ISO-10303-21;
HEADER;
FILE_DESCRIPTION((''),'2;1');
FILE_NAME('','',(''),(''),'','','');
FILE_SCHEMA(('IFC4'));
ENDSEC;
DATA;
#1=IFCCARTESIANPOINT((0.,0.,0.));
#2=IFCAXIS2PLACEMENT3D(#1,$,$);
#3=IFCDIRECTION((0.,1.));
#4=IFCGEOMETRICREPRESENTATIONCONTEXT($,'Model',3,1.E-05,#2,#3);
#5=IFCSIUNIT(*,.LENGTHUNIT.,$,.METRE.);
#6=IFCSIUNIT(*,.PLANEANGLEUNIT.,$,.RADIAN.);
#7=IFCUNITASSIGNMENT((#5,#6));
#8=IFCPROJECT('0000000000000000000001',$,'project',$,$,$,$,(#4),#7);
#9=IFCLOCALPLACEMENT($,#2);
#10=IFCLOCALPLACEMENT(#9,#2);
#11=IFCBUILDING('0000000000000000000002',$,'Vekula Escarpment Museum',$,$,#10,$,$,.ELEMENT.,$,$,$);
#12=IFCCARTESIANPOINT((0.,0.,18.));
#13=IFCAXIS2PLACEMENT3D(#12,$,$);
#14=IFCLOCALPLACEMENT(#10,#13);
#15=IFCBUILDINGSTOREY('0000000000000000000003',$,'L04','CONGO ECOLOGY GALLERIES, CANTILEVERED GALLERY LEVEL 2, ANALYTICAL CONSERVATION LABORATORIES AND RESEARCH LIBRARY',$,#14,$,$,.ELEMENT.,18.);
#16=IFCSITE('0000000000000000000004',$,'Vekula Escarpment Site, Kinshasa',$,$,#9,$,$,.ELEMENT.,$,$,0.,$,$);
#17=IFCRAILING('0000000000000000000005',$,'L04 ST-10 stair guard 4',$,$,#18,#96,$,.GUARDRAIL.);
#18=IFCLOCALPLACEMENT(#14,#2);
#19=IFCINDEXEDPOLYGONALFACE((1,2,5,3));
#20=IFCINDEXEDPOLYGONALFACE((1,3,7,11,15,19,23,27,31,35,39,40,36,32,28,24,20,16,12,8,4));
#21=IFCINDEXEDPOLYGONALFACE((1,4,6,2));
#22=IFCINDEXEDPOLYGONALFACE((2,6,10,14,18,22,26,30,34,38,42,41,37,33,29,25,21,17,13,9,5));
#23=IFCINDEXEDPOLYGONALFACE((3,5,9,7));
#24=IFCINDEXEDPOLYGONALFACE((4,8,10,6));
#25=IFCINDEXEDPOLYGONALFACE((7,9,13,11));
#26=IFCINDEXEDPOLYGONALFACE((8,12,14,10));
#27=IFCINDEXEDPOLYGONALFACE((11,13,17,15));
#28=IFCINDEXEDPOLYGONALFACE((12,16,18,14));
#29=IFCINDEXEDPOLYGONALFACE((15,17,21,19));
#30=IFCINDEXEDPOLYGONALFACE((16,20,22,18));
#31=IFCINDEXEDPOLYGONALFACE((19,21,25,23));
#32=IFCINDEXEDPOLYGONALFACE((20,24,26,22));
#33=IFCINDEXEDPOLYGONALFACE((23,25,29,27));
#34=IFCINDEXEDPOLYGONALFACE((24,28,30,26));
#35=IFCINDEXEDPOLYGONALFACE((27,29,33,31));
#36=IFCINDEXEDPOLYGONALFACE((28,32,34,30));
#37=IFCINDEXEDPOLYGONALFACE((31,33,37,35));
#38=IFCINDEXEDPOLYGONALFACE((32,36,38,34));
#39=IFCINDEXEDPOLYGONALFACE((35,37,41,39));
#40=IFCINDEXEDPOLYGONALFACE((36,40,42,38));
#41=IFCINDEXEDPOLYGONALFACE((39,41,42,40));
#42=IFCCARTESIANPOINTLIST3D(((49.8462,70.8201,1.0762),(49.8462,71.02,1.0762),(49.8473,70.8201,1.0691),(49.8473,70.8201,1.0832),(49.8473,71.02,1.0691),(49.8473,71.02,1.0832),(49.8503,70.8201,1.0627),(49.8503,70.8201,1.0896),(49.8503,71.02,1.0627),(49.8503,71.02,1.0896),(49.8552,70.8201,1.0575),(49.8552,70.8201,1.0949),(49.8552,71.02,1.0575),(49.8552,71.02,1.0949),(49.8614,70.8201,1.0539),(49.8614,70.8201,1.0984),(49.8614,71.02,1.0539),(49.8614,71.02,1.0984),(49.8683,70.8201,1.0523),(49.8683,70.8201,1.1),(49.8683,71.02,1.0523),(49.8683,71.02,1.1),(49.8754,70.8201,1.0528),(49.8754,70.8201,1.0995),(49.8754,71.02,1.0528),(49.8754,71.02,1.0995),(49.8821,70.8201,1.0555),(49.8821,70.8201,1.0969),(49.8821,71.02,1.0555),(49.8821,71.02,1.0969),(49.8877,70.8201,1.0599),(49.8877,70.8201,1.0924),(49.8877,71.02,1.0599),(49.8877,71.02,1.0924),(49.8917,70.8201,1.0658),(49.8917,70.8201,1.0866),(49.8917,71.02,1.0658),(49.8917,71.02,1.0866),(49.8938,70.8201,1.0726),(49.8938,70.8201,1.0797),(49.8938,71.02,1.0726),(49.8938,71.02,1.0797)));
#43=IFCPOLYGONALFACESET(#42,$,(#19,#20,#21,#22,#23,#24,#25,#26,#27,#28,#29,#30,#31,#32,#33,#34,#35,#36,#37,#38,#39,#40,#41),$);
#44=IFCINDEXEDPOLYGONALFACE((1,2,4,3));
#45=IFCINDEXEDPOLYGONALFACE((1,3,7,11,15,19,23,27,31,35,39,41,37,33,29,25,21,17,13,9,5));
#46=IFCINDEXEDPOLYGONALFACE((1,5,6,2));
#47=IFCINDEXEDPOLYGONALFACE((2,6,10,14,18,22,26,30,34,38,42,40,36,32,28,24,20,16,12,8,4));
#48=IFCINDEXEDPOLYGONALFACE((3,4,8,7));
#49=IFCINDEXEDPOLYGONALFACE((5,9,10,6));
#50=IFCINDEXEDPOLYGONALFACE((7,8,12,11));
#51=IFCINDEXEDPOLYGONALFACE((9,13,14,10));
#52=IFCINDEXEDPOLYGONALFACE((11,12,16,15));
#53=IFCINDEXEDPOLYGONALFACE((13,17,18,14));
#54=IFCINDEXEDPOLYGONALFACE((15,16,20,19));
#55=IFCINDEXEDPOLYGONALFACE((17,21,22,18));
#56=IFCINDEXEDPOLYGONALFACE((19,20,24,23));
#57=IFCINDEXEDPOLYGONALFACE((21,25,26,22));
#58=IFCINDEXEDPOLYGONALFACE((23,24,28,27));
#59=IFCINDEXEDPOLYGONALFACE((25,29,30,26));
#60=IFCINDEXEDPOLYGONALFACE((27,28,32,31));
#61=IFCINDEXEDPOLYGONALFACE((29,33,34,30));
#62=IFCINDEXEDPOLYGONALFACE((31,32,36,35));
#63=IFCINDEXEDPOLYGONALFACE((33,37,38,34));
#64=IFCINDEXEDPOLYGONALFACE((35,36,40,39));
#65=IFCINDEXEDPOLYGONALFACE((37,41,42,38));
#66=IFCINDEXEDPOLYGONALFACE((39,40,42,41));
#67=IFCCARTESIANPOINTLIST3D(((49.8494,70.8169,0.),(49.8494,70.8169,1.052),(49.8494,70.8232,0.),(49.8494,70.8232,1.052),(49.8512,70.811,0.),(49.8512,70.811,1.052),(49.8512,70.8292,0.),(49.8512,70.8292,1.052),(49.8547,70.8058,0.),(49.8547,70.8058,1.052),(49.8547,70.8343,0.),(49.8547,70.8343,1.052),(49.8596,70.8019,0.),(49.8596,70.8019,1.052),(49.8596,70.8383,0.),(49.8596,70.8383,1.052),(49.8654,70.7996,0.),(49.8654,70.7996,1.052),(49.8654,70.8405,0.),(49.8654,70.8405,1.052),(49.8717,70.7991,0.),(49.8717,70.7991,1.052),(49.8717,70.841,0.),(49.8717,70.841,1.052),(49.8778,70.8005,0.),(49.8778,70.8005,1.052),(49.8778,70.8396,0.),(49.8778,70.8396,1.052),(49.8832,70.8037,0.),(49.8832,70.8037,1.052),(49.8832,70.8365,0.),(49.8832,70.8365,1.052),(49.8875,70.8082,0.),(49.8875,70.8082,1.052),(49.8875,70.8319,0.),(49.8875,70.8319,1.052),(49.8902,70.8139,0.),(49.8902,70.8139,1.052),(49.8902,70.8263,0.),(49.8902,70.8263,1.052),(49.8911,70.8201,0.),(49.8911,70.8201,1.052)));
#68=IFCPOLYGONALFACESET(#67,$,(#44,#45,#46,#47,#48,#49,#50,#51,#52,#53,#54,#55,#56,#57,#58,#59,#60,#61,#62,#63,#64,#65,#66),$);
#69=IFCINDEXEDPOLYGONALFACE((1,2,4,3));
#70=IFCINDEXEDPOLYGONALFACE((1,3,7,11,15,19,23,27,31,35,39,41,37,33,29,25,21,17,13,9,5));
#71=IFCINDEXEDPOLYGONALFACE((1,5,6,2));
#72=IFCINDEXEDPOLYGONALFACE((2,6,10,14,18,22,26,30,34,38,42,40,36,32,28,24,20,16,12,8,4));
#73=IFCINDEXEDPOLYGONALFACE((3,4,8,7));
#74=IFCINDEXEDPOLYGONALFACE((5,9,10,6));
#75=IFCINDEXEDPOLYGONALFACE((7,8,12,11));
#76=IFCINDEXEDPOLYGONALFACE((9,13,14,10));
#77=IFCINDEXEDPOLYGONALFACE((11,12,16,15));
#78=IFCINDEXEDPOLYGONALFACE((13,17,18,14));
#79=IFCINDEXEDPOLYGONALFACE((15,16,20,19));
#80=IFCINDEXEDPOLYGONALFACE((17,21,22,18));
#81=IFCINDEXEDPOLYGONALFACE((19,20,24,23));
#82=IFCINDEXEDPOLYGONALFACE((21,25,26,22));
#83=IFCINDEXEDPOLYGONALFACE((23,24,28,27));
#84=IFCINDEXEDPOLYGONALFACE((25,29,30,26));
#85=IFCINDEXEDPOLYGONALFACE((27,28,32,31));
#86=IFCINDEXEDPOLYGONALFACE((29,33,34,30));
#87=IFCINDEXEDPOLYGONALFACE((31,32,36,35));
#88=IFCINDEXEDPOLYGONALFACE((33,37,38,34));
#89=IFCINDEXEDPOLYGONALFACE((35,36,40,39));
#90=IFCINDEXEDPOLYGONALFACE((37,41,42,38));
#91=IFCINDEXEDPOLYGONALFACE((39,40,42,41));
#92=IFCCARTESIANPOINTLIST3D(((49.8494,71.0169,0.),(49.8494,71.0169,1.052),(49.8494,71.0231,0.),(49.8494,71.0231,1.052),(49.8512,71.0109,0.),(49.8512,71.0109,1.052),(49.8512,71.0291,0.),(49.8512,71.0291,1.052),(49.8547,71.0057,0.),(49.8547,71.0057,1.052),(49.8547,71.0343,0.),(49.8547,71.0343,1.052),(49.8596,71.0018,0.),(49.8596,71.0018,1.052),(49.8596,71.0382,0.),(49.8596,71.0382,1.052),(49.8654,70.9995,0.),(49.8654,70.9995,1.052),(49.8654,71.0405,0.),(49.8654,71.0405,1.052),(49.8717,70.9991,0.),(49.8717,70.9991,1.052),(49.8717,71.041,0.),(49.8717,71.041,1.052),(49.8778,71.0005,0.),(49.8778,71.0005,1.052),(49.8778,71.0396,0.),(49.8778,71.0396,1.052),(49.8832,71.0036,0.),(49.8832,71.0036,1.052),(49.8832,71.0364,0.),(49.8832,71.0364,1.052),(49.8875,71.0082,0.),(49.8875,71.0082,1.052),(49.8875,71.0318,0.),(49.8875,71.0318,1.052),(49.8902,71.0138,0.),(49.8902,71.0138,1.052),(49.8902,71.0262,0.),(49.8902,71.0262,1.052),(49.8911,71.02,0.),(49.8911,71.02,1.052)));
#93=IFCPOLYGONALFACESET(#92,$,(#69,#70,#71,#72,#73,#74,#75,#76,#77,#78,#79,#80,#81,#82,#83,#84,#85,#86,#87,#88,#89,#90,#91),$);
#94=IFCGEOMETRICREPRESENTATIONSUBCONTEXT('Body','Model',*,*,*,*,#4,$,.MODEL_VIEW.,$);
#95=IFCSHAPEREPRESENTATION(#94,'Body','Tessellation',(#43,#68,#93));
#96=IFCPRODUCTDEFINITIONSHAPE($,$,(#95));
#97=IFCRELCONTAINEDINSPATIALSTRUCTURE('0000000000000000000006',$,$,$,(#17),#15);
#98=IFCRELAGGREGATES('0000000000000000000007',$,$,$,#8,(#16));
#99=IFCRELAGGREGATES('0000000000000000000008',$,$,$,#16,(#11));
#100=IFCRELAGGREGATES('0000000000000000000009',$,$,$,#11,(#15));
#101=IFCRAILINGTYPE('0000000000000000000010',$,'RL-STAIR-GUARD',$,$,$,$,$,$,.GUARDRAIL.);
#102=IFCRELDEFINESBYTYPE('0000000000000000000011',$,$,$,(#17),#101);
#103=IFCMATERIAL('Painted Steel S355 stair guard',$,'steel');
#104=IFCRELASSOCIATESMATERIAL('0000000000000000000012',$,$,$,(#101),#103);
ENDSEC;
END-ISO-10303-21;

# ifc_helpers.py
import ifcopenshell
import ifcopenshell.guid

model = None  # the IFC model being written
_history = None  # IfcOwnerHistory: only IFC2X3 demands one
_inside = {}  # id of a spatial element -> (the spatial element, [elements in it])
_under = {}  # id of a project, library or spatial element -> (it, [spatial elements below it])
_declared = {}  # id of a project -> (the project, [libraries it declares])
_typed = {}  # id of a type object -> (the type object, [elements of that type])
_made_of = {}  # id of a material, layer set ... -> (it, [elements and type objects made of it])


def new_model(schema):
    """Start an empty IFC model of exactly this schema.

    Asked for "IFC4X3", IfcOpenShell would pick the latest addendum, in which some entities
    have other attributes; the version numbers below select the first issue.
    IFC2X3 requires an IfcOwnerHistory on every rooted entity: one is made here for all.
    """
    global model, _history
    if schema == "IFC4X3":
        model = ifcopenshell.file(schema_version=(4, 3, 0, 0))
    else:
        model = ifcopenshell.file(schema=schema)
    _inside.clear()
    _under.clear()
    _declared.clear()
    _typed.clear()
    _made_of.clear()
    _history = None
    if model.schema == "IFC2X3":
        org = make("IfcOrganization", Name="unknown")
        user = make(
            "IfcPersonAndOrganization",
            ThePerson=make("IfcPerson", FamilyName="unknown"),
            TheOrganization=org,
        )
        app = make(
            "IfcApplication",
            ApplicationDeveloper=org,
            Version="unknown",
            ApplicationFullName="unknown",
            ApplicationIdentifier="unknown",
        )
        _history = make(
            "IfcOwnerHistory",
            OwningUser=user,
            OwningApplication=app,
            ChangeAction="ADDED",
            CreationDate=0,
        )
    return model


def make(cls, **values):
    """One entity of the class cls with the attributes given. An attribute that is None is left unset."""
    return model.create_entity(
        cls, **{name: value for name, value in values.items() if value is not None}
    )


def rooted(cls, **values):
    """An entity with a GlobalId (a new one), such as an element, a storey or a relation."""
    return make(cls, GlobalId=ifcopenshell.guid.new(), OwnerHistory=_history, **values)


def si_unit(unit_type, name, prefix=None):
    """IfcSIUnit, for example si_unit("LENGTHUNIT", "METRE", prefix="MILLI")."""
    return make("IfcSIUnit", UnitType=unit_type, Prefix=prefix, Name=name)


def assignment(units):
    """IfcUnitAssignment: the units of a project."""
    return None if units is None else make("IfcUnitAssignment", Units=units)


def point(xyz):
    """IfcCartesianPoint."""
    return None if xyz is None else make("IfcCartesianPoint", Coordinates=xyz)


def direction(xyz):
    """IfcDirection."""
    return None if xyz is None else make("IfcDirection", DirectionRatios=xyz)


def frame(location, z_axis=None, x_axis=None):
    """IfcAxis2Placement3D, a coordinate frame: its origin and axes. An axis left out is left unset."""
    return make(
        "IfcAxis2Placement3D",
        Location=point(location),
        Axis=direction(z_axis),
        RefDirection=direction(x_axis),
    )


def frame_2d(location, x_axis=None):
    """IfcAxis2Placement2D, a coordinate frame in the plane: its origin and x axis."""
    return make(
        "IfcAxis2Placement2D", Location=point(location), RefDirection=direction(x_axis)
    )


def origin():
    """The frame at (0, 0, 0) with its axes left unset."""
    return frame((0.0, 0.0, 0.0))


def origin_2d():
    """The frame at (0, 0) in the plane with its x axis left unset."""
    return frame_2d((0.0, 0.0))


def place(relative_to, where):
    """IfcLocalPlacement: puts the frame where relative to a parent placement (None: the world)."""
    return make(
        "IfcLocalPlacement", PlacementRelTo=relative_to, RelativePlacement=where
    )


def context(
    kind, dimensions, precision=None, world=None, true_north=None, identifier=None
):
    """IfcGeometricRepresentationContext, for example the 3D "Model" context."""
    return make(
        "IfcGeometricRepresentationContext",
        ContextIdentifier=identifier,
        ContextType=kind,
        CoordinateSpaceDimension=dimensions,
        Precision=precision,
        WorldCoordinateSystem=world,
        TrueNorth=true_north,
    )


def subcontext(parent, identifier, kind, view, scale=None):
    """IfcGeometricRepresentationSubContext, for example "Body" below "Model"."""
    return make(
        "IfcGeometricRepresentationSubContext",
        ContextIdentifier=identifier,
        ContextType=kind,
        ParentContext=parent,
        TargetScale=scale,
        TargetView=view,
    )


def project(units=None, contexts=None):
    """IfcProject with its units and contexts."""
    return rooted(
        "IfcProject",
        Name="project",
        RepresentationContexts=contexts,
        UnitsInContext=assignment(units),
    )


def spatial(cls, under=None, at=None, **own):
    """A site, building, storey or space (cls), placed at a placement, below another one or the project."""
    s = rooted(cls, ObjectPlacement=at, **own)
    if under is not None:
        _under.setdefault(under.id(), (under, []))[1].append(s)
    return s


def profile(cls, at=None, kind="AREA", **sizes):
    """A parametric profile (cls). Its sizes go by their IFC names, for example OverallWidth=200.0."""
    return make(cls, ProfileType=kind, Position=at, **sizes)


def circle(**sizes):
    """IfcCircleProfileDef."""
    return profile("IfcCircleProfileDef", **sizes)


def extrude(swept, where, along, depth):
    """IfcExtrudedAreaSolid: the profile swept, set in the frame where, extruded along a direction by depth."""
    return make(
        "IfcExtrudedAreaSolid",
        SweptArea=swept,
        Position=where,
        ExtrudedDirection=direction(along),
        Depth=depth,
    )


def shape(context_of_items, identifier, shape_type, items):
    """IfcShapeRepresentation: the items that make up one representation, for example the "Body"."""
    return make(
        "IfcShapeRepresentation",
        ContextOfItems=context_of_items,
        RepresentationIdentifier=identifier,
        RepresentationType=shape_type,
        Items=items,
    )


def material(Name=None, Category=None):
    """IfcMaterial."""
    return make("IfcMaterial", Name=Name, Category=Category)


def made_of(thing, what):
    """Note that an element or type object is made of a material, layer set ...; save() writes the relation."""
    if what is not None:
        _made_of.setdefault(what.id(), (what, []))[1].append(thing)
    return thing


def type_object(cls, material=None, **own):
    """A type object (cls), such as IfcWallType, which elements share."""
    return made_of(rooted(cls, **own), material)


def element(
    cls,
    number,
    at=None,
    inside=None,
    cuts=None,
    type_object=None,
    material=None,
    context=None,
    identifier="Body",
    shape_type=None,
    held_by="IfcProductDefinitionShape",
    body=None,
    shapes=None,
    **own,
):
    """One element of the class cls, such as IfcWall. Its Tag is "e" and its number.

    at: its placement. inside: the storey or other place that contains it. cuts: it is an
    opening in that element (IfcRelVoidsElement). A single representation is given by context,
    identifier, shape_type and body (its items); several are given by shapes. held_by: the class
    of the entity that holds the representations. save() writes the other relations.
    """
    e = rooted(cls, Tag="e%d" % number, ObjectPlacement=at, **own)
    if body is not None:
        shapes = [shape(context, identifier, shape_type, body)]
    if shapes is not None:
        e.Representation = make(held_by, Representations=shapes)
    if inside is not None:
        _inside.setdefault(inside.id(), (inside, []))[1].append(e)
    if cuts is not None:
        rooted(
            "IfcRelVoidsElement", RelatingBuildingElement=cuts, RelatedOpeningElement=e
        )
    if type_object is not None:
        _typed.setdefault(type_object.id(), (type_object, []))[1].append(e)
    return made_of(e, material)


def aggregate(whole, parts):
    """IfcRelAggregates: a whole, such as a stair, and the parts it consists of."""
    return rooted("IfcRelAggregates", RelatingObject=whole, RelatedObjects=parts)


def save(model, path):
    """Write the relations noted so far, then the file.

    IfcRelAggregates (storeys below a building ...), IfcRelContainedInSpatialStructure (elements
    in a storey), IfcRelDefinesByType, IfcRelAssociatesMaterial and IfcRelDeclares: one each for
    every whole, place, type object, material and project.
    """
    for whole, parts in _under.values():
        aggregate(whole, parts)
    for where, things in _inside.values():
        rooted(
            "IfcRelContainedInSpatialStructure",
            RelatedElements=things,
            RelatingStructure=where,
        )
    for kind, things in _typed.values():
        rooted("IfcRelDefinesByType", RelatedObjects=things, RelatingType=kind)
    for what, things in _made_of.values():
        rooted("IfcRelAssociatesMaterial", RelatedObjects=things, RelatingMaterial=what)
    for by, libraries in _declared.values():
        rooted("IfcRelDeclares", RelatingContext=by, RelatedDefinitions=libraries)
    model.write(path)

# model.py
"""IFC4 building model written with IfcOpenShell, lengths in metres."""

from ifc_helpers import new_model, si_unit, direction, frame, origin, origin_2d, place, context, subcontext, project, spatial, circle, extrude, material, type_object, element, save


model = new_model("IFC4")

# Units and contexts
model_context = context("Model", 3, precision=1e-05, world=origin(), true_north=direction((0.0, 1.0)))
body_context = subcontext(model_context, "Body", "Model", "MODEL_VIEW")
ifc_project = project(units=[si_unit("LENGTHUNIT", "METRE"), si_unit("PLANEANGLEUNIT", "RADIAN")], contexts=[model_context])

# Site, building, storey
site_placement = place(None, origin())
site = spatial("IfcSite", under=ifc_project, at=site_placement, Name="Vekula Escarpment Site, Kinshasa", CompositionType="ELEMENT", RefElevation=0.0)
building_placement = place(site_placement, origin())
building = spatial("IfcBuilding", under=site, at=building_placement, Name="Vekula Escarpment Museum", CompositionType="ELEMENT")
storey_placement = place(building_placement, frame((0.0, 0.0, 18.0)))
storey = spatial("IfcBuildingStorey", under=building, at=storey_placement, Name="L04", Description="CONGO ECOLOGY GALLERIES, CANTILEVERED GALLERY LEVEL 2, ANALYTICAL CONSERVATION LABORATORIES AND RESEARCH LIBRARY", CompositionType="ELEMENT", Elevation=18.0)

# Railing
ifc_material_1 = material(Name="Painted Steel S355 stair guard", Category="steel")
railing_type_1 = type_object("IfcRailingType", Name="RL-STAIR-GUARD", PredefinedType="GUARDRAIL", material=ifc_material_1)
railing_1_placement = place(storey_placement, frame((49.8701, 70.8201, 0.0)))
element("IfcRailing", 1, at=railing_1_placement, inside=storey, type_object=railing_type_1, Name="L04 ST-10 stair guard 4", PredefinedType="GUARDRAIL", context=body_context, shape_type="SweptSolid", body=[
    extrude(circle(Radius=0.0239, at=origin_2d()), frame((0.0, 0.0, 1.0762), z_axis=(0.0, 1.0, 0.0), x_axis=(-1.0, 0.0, 0.0)), (0.0, 0.0, 1.0), 0.2),
    extrude(circle(Radius=0.021, at=origin_2d()), origin(), (0.0, 0.0, 1.0), 1.052),
    extrude(circle(Radius=0.021, at=origin_2d()), frame((0.0, 0.2, 0.0)), (0.0, 0.0, 1.0), 1.052),
])

save(model, "model.ifc")
